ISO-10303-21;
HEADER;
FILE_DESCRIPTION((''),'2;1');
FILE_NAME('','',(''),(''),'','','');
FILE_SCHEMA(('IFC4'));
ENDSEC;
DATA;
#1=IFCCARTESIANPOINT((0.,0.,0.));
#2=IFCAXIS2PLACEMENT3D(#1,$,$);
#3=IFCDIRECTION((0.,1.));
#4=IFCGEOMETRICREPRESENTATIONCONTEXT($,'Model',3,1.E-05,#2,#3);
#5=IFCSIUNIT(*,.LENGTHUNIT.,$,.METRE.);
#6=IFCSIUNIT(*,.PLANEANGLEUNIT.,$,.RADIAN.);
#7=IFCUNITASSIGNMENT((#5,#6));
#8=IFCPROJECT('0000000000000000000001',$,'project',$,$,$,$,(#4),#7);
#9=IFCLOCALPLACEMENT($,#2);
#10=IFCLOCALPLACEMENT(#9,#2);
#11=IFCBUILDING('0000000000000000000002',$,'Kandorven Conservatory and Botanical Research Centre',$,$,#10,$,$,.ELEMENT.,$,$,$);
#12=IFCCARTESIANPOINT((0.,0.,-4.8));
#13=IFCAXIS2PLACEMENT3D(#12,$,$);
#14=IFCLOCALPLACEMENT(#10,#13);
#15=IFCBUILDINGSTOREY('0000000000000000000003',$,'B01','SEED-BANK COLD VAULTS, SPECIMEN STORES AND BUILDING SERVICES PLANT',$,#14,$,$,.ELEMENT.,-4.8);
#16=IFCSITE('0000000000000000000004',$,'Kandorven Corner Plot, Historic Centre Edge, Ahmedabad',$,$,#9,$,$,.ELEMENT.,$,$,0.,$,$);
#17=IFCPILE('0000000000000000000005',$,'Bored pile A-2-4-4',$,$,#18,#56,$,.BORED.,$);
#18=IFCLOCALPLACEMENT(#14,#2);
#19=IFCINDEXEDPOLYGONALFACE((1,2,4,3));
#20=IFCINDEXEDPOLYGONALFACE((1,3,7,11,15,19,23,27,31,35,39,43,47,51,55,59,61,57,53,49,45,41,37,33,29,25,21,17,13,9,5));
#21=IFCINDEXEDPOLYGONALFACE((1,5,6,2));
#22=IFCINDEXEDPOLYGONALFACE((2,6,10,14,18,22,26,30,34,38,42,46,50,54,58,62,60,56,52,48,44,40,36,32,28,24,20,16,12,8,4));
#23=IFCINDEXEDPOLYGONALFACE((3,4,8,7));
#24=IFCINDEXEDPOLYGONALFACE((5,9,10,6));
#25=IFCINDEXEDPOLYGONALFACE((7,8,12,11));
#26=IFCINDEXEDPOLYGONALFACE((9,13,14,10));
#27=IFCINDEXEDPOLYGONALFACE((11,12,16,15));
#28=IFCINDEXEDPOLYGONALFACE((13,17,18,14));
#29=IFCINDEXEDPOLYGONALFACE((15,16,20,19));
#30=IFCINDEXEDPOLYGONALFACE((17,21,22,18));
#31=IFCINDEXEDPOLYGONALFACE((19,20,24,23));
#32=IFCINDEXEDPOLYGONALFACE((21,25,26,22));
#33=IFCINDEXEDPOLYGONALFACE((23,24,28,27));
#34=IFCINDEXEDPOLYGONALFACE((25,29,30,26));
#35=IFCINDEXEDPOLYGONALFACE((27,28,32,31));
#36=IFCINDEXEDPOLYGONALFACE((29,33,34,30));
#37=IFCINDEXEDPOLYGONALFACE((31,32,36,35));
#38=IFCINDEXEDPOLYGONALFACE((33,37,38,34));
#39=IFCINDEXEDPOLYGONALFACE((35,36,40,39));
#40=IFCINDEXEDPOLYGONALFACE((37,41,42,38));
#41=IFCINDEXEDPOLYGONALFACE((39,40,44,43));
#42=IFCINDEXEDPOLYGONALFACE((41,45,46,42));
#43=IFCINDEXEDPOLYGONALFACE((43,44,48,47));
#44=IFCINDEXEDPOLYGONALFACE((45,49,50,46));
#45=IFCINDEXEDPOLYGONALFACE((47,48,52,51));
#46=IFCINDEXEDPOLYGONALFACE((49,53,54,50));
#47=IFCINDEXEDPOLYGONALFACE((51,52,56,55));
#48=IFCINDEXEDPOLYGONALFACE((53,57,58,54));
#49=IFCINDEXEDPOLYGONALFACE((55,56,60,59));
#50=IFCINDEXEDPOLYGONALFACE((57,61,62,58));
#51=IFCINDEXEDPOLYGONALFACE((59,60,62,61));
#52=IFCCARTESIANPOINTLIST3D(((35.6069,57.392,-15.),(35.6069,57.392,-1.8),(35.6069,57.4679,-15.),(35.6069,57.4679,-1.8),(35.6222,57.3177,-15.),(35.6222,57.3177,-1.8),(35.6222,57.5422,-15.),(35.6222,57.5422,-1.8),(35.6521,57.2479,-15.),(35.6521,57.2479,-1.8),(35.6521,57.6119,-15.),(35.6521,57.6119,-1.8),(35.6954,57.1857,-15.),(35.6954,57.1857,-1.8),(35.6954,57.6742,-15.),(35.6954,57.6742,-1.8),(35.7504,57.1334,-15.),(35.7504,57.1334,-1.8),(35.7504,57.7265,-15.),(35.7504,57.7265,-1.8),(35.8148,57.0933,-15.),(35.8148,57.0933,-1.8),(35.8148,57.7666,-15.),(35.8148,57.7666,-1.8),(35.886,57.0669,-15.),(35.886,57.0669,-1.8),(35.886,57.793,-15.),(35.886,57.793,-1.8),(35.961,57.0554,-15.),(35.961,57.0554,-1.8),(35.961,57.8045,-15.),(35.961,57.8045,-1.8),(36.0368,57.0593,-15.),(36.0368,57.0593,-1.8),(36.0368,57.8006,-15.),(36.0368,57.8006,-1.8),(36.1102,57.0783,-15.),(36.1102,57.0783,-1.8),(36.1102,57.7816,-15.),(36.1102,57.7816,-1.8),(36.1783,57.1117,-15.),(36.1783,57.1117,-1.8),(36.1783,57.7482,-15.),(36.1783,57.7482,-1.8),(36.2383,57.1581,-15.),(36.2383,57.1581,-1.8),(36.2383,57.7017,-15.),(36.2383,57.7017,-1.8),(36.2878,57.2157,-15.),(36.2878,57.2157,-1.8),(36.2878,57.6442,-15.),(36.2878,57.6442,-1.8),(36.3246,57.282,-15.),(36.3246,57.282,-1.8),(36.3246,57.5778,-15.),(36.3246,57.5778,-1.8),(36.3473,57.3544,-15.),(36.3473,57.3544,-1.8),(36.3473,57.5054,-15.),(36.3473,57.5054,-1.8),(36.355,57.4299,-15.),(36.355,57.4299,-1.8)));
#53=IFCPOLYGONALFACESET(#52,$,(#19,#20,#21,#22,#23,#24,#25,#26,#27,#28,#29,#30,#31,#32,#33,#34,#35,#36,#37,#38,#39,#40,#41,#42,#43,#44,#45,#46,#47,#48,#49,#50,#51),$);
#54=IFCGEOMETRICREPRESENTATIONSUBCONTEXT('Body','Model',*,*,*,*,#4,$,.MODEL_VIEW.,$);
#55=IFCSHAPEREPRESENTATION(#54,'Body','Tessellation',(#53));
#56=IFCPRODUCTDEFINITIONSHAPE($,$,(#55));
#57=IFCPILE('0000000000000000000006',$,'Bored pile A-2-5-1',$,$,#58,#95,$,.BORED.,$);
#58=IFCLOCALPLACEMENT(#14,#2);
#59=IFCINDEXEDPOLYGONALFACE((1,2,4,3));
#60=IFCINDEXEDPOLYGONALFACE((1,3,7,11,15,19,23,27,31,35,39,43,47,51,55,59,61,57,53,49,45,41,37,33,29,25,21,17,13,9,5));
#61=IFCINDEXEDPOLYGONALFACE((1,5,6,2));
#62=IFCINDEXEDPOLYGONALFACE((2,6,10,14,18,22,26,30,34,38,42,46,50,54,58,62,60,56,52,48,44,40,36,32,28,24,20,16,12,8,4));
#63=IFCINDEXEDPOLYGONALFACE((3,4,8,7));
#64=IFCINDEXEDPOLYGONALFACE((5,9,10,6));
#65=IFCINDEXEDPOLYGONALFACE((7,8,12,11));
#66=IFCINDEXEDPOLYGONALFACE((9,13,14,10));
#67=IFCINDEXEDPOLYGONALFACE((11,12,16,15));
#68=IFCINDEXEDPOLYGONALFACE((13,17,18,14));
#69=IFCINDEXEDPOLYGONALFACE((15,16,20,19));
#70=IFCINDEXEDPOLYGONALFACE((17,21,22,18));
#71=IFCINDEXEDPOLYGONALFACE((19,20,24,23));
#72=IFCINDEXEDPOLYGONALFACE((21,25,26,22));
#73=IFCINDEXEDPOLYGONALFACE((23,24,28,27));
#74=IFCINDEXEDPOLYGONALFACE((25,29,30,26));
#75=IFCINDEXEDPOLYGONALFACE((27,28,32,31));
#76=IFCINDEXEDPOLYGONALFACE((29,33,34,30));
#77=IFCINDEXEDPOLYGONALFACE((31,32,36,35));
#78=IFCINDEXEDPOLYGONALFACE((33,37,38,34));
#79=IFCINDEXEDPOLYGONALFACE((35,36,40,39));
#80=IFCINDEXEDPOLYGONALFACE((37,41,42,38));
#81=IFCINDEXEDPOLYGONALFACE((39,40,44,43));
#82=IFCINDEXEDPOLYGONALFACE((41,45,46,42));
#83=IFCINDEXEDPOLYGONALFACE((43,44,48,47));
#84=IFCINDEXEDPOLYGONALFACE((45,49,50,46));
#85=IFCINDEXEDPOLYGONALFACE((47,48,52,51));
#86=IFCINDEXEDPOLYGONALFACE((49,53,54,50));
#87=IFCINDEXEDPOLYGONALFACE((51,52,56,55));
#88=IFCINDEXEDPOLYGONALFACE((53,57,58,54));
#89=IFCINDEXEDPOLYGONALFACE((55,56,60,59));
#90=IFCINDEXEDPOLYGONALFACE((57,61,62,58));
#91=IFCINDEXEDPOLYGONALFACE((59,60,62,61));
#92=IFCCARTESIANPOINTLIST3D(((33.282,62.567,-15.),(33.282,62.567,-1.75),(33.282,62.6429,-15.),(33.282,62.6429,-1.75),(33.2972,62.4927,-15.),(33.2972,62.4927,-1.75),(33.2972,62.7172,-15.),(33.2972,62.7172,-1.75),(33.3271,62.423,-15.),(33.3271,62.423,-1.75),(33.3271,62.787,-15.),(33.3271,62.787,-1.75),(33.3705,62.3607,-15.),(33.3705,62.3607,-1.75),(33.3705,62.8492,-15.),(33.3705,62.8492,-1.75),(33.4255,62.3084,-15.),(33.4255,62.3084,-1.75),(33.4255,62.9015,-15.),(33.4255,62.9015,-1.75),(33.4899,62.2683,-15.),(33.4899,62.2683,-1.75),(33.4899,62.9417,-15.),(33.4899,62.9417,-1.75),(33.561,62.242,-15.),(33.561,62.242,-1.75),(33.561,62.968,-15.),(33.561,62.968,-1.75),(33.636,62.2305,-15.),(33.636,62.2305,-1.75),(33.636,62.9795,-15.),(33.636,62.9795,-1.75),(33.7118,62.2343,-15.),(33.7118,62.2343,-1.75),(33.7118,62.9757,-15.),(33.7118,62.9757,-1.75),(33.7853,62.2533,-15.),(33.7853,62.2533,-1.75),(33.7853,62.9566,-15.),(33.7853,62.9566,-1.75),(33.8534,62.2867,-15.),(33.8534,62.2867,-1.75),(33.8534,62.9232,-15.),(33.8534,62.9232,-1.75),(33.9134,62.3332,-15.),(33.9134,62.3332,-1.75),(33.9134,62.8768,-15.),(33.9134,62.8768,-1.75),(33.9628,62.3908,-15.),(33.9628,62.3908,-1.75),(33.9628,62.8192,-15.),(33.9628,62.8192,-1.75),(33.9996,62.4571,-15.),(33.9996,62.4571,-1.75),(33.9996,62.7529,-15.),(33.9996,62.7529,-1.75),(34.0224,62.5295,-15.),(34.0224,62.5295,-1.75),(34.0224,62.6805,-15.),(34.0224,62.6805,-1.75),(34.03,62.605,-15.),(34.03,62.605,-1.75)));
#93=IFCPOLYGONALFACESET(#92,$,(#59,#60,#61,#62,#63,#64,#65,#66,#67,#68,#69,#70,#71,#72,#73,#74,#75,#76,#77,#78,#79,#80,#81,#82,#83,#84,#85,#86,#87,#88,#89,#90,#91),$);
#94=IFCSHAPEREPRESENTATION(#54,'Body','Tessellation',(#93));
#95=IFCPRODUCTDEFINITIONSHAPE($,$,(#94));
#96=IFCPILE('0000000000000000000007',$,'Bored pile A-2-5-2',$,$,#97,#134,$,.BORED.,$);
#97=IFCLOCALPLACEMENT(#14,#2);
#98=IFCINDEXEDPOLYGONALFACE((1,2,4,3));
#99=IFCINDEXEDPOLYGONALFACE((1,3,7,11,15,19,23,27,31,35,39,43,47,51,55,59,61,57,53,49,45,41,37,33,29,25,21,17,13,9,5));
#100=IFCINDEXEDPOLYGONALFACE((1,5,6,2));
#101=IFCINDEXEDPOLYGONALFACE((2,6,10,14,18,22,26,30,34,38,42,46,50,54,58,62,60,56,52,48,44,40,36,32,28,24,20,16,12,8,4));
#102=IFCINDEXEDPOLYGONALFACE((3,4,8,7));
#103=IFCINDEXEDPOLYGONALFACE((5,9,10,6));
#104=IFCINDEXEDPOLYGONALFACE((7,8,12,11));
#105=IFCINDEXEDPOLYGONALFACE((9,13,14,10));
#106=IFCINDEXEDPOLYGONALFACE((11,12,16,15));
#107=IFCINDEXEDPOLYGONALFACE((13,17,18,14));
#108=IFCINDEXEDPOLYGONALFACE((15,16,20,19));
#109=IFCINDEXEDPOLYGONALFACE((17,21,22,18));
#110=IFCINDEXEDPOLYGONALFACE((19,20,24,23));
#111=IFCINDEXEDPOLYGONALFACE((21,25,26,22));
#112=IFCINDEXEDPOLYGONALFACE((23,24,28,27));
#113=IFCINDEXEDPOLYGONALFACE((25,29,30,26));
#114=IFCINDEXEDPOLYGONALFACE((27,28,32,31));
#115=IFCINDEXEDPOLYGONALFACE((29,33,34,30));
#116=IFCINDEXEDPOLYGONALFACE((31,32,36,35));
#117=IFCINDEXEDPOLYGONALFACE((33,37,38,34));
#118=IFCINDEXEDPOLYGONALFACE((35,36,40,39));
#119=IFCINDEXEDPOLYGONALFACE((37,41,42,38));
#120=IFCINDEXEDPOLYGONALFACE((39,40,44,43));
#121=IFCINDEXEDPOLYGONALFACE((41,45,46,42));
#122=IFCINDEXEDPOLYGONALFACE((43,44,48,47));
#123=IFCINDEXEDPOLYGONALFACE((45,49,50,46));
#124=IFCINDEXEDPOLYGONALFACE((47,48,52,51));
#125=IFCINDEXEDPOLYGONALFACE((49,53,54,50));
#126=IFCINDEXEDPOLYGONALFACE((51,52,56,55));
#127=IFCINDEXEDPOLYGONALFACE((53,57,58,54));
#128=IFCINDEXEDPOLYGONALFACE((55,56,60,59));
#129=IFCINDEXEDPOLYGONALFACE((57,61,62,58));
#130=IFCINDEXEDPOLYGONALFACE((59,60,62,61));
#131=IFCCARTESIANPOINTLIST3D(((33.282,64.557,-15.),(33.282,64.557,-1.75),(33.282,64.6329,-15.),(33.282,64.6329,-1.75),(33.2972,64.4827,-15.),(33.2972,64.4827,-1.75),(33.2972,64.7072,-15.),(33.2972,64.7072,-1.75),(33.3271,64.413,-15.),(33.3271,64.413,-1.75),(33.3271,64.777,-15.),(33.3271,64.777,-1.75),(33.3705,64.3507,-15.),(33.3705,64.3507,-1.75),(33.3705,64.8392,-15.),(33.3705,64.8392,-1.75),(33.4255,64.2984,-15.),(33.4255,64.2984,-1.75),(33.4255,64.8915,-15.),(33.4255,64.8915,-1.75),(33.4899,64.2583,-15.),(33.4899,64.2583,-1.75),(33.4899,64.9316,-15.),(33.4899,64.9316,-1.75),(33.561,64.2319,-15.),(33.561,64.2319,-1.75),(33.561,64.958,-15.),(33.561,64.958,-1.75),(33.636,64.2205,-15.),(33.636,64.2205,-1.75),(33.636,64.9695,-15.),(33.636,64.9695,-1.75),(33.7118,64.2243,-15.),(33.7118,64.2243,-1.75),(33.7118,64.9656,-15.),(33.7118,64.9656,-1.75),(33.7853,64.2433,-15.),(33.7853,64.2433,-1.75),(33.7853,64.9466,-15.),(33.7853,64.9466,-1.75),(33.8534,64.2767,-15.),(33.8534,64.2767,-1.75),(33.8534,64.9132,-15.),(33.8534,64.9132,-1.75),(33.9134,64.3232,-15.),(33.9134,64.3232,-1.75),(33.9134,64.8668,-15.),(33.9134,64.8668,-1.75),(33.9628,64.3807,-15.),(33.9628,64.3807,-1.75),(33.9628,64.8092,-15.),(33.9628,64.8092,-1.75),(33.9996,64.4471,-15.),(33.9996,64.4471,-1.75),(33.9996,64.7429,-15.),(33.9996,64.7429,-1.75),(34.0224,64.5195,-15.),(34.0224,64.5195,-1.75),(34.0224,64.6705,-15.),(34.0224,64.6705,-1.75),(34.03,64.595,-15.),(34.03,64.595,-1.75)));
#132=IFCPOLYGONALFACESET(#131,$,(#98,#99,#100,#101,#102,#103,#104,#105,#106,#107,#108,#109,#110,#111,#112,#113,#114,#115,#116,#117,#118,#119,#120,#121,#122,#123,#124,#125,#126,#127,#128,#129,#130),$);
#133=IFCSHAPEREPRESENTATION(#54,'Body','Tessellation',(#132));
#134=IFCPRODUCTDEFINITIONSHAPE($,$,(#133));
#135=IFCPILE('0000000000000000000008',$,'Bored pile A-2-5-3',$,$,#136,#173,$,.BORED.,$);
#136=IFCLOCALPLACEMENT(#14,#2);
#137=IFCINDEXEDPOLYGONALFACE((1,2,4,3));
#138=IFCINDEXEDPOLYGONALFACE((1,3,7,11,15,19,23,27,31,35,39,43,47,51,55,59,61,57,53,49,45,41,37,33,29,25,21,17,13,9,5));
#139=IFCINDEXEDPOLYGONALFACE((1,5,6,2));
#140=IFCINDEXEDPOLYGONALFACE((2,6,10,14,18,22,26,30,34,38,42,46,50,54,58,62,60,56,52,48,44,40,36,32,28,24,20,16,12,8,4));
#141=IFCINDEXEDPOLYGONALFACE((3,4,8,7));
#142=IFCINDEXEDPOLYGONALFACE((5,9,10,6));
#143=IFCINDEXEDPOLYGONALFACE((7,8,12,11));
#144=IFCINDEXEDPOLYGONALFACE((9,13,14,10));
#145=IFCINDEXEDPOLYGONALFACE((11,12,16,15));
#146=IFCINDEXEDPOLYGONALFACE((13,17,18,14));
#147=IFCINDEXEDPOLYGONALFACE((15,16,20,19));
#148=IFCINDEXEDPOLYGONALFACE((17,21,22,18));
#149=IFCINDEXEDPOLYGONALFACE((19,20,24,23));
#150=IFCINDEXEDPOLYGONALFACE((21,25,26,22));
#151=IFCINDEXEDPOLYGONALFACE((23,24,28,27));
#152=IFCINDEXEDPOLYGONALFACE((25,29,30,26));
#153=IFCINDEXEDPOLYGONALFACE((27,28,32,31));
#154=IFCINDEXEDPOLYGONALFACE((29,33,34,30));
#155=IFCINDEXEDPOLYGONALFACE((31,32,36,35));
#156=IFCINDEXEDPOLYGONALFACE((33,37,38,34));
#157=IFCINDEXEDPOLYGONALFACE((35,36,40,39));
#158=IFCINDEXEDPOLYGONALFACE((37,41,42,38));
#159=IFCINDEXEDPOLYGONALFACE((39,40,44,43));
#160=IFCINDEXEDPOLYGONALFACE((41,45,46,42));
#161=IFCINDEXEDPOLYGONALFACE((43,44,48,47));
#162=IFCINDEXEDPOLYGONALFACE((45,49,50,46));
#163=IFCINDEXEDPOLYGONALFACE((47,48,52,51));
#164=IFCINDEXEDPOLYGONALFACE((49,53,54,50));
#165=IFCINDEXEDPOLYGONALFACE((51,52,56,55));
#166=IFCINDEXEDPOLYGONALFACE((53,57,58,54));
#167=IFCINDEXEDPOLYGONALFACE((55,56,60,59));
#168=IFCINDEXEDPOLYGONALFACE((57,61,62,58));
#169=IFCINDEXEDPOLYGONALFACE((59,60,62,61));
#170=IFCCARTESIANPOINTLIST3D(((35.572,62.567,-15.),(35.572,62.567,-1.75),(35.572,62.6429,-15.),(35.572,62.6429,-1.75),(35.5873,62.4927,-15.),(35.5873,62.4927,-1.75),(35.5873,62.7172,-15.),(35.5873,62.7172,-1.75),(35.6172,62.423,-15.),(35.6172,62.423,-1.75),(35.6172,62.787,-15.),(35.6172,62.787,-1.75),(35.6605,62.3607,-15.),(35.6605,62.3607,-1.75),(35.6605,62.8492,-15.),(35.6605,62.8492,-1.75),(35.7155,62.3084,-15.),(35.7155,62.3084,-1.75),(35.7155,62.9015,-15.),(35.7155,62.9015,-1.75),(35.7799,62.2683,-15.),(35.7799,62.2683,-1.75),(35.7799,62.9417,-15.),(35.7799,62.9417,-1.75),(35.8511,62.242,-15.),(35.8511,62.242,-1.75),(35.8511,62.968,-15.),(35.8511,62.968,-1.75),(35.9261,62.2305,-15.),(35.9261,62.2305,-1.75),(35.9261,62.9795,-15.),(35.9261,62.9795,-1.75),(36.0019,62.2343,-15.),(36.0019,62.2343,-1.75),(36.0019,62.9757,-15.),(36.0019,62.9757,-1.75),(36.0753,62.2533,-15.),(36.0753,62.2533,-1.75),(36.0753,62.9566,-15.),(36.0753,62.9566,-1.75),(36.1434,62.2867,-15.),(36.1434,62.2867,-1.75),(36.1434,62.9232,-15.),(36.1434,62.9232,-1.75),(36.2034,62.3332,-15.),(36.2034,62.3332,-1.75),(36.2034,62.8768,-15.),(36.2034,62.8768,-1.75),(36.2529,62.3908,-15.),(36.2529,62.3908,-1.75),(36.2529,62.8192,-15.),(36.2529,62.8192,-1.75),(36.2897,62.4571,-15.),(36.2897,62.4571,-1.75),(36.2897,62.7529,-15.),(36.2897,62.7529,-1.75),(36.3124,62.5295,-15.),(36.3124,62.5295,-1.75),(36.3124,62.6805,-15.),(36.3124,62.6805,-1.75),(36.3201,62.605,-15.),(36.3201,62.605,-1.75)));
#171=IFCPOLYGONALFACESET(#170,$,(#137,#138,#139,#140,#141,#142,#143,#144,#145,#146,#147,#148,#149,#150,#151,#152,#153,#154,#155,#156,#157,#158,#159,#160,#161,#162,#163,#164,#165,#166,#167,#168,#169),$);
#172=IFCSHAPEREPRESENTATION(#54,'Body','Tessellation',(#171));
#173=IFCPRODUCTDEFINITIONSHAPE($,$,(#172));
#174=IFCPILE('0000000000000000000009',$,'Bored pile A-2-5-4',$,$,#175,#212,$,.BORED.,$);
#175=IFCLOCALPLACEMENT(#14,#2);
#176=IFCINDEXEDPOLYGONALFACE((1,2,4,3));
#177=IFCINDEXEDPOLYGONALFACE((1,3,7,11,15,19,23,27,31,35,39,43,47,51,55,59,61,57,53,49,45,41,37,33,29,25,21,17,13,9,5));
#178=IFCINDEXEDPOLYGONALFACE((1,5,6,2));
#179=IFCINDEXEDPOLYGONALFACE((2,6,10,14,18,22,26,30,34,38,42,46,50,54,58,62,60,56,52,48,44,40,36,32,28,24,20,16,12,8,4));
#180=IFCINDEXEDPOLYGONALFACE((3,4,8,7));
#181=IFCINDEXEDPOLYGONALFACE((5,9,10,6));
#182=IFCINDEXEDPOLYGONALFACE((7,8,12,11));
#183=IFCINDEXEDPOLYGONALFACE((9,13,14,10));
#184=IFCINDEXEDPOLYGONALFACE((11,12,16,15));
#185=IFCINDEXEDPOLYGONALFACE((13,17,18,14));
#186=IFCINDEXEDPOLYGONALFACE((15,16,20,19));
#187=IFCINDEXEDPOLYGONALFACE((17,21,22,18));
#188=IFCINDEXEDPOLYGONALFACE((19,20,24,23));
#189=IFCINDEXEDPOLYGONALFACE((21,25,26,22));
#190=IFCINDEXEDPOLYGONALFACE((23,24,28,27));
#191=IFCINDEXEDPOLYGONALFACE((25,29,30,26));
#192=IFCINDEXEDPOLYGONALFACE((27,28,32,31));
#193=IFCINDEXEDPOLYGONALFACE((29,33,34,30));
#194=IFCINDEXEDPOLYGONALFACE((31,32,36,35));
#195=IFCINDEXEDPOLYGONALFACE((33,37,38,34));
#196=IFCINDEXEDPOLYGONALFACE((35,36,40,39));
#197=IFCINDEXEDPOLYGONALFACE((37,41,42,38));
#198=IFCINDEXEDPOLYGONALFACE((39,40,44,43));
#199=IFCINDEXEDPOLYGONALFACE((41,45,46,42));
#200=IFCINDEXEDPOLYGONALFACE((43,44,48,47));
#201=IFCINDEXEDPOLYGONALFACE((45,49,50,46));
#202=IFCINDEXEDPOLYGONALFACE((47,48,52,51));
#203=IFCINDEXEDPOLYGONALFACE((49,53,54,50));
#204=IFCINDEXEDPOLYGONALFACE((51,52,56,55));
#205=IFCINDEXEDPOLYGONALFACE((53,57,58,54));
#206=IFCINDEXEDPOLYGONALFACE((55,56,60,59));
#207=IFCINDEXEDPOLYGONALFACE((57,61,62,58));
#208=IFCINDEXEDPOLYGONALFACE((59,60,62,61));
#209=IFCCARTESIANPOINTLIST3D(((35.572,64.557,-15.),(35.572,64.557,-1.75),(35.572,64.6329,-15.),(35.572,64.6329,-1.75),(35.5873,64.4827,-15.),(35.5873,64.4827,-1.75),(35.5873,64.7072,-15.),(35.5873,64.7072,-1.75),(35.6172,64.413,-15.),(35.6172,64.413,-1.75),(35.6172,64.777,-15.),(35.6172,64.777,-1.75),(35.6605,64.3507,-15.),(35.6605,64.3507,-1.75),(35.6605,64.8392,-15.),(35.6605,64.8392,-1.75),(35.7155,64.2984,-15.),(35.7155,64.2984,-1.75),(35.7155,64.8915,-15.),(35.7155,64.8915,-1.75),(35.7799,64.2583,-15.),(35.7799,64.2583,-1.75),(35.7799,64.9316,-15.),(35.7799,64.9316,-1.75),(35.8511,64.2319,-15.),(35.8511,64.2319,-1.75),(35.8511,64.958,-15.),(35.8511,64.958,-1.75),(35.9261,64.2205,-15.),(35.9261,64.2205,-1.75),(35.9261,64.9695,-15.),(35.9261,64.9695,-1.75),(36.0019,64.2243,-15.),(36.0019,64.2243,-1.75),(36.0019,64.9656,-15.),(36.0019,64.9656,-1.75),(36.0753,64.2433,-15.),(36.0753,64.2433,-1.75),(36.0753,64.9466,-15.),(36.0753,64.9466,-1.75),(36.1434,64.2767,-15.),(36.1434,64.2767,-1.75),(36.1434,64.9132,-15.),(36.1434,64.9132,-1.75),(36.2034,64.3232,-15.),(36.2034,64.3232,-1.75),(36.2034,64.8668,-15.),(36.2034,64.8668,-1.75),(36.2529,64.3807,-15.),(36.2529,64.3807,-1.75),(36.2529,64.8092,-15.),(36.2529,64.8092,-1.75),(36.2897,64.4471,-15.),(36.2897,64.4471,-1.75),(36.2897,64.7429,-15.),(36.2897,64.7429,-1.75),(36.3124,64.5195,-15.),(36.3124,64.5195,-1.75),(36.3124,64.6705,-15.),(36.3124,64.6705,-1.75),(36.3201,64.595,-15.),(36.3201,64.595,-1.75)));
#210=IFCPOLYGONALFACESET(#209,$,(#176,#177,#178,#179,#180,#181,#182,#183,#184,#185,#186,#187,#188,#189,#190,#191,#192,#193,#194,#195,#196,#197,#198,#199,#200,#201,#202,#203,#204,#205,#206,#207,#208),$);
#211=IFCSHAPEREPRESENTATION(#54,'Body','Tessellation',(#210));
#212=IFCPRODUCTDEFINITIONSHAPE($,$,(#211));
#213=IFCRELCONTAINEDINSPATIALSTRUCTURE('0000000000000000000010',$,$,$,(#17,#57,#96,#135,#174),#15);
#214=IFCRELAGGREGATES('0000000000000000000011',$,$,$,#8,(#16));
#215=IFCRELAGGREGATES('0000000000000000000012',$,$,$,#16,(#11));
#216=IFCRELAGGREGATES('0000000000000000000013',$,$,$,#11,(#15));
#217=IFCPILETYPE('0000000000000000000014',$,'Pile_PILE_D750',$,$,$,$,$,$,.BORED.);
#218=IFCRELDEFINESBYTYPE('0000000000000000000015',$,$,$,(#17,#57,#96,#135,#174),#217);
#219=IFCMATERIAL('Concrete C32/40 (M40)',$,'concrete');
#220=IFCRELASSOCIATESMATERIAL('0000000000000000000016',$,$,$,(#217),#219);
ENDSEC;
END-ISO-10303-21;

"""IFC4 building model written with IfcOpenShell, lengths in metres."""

from ifc_helpers import new_model, si_unit, direction, frame, origin, origin_2d, place, context, subcontext, project, spatial, circle, extrude, material, material_profile, profile_set, type_object, element, save


model = new_model("IFC4")

# Units and contexts
model_context = context("Model", 3, precision=1e-05, world=origin(), true_north=direction((0.0, 1.0)))
body_context = subcontext(model_context, "Body", "Model", "MODEL_VIEW")
ifc_project = project(units=[si_unit("LENGTHUNIT", "METRE"), si_unit("PLANEANGLEUNIT", "RADIAN")], contexts=[model_context])

# Site, building, storey
site_placement = place(None, origin())
site = spatial("IfcSite", under=ifc_project, at=site_placement, Name="Kandorven Corner Plot, Historic Centre Edge, Ahmedabad", CompositionType="ELEMENT", RefElevation=0.0)
building_placement = place(site_placement, origin())
building = spatial("IfcBuilding", under=site, at=building_placement, Name="Kandorven Conservatory and Botanical Research Centre", CompositionType="ELEMENT")
storey_placement = place(building_placement, frame((0.0, 0.0, -4.8)))
storey = spatial("IfcBuildingStorey", under=building, at=storey_placement, Name="B01", Description="SEED-BANK COLD VAULTS, SPECIMEN STORES AND BUILDING SERVICES PLANT", CompositionType="ELEMENT", Elevation=-4.8)

# Piles
ifc_material_1 = material(Name="Concrete C32/40 (M40)", Category="concrete")
ifc_material_profile_1 = material_profile(ifc_material_1, circle(Radius=0.375, at=origin_2d()))
ifc_profile_set_1 = profile_set([ifc_material_profile_1], Name="Concrete C32/40 (M40)")
pile_type = type_object("IfcPileType", Name="Pile_PILE_D750", PredefinedType="BORED", material=ifc_profile_set_1)
for number, where, z_axis, x_axis, name in (
    (1, (35.98, 57.4299, -1.8), (0.0, 0.0, -1.0), (1.0, 0.0, 0.0), "Bored pile A-2-4-4"),
):
    element("IfcPile", number, at=place(storey_placement, frame(where, z_axis=z_axis, x_axis=x_axis)), inside=storey, type_object=pile_type, Name=name, PredefinedType="BORED", context=body_context, shape_type="SweptSolid", body=[
        extrude(circle(Radius=0.375, at=origin_2d()), origin(), (0.0, 0.0, 1.0), 13.2),
    ])
for number, where, z_axis, x_axis, name in (
    (2, (33.655, 62.605, -1.75), (0.0, 0.0, -1.0), (1.0, 0.0, 0.0), "Bored pile A-2-5-1"),
    (3, (33.655, 64.595, -1.75), (0.0, 0.0, -1.0), (1.0, 0.0, 0.0), "Bored pile A-2-5-2"),
    (4, (35.9451, 62.605, -1.75), (0.0, 0.0, -1.0), (1.0, 0.0, 0.0), "Bored pile A-2-5-3"),
    (5, (35.9451, 64.595, -1.75), (0.0, 0.0, -1.0), (1.0, 0.0, 0.0), "Bored pile A-2-5-4"),
):
    element("IfcPile", number, at=place(storey_placement, frame(where, z_axis=z_axis, x_axis=x_axis)), inside=storey, type_object=pile_type, Name=name, PredefinedType="BORED", context=body_context, shape_type="SweptSolid", body=[
        extrude(circle(Radius=0.375, at=origin_2d()), origin(), (0.0, 0.0, 1.0), 13.25),
    ])

save(model, "model.ifc")
